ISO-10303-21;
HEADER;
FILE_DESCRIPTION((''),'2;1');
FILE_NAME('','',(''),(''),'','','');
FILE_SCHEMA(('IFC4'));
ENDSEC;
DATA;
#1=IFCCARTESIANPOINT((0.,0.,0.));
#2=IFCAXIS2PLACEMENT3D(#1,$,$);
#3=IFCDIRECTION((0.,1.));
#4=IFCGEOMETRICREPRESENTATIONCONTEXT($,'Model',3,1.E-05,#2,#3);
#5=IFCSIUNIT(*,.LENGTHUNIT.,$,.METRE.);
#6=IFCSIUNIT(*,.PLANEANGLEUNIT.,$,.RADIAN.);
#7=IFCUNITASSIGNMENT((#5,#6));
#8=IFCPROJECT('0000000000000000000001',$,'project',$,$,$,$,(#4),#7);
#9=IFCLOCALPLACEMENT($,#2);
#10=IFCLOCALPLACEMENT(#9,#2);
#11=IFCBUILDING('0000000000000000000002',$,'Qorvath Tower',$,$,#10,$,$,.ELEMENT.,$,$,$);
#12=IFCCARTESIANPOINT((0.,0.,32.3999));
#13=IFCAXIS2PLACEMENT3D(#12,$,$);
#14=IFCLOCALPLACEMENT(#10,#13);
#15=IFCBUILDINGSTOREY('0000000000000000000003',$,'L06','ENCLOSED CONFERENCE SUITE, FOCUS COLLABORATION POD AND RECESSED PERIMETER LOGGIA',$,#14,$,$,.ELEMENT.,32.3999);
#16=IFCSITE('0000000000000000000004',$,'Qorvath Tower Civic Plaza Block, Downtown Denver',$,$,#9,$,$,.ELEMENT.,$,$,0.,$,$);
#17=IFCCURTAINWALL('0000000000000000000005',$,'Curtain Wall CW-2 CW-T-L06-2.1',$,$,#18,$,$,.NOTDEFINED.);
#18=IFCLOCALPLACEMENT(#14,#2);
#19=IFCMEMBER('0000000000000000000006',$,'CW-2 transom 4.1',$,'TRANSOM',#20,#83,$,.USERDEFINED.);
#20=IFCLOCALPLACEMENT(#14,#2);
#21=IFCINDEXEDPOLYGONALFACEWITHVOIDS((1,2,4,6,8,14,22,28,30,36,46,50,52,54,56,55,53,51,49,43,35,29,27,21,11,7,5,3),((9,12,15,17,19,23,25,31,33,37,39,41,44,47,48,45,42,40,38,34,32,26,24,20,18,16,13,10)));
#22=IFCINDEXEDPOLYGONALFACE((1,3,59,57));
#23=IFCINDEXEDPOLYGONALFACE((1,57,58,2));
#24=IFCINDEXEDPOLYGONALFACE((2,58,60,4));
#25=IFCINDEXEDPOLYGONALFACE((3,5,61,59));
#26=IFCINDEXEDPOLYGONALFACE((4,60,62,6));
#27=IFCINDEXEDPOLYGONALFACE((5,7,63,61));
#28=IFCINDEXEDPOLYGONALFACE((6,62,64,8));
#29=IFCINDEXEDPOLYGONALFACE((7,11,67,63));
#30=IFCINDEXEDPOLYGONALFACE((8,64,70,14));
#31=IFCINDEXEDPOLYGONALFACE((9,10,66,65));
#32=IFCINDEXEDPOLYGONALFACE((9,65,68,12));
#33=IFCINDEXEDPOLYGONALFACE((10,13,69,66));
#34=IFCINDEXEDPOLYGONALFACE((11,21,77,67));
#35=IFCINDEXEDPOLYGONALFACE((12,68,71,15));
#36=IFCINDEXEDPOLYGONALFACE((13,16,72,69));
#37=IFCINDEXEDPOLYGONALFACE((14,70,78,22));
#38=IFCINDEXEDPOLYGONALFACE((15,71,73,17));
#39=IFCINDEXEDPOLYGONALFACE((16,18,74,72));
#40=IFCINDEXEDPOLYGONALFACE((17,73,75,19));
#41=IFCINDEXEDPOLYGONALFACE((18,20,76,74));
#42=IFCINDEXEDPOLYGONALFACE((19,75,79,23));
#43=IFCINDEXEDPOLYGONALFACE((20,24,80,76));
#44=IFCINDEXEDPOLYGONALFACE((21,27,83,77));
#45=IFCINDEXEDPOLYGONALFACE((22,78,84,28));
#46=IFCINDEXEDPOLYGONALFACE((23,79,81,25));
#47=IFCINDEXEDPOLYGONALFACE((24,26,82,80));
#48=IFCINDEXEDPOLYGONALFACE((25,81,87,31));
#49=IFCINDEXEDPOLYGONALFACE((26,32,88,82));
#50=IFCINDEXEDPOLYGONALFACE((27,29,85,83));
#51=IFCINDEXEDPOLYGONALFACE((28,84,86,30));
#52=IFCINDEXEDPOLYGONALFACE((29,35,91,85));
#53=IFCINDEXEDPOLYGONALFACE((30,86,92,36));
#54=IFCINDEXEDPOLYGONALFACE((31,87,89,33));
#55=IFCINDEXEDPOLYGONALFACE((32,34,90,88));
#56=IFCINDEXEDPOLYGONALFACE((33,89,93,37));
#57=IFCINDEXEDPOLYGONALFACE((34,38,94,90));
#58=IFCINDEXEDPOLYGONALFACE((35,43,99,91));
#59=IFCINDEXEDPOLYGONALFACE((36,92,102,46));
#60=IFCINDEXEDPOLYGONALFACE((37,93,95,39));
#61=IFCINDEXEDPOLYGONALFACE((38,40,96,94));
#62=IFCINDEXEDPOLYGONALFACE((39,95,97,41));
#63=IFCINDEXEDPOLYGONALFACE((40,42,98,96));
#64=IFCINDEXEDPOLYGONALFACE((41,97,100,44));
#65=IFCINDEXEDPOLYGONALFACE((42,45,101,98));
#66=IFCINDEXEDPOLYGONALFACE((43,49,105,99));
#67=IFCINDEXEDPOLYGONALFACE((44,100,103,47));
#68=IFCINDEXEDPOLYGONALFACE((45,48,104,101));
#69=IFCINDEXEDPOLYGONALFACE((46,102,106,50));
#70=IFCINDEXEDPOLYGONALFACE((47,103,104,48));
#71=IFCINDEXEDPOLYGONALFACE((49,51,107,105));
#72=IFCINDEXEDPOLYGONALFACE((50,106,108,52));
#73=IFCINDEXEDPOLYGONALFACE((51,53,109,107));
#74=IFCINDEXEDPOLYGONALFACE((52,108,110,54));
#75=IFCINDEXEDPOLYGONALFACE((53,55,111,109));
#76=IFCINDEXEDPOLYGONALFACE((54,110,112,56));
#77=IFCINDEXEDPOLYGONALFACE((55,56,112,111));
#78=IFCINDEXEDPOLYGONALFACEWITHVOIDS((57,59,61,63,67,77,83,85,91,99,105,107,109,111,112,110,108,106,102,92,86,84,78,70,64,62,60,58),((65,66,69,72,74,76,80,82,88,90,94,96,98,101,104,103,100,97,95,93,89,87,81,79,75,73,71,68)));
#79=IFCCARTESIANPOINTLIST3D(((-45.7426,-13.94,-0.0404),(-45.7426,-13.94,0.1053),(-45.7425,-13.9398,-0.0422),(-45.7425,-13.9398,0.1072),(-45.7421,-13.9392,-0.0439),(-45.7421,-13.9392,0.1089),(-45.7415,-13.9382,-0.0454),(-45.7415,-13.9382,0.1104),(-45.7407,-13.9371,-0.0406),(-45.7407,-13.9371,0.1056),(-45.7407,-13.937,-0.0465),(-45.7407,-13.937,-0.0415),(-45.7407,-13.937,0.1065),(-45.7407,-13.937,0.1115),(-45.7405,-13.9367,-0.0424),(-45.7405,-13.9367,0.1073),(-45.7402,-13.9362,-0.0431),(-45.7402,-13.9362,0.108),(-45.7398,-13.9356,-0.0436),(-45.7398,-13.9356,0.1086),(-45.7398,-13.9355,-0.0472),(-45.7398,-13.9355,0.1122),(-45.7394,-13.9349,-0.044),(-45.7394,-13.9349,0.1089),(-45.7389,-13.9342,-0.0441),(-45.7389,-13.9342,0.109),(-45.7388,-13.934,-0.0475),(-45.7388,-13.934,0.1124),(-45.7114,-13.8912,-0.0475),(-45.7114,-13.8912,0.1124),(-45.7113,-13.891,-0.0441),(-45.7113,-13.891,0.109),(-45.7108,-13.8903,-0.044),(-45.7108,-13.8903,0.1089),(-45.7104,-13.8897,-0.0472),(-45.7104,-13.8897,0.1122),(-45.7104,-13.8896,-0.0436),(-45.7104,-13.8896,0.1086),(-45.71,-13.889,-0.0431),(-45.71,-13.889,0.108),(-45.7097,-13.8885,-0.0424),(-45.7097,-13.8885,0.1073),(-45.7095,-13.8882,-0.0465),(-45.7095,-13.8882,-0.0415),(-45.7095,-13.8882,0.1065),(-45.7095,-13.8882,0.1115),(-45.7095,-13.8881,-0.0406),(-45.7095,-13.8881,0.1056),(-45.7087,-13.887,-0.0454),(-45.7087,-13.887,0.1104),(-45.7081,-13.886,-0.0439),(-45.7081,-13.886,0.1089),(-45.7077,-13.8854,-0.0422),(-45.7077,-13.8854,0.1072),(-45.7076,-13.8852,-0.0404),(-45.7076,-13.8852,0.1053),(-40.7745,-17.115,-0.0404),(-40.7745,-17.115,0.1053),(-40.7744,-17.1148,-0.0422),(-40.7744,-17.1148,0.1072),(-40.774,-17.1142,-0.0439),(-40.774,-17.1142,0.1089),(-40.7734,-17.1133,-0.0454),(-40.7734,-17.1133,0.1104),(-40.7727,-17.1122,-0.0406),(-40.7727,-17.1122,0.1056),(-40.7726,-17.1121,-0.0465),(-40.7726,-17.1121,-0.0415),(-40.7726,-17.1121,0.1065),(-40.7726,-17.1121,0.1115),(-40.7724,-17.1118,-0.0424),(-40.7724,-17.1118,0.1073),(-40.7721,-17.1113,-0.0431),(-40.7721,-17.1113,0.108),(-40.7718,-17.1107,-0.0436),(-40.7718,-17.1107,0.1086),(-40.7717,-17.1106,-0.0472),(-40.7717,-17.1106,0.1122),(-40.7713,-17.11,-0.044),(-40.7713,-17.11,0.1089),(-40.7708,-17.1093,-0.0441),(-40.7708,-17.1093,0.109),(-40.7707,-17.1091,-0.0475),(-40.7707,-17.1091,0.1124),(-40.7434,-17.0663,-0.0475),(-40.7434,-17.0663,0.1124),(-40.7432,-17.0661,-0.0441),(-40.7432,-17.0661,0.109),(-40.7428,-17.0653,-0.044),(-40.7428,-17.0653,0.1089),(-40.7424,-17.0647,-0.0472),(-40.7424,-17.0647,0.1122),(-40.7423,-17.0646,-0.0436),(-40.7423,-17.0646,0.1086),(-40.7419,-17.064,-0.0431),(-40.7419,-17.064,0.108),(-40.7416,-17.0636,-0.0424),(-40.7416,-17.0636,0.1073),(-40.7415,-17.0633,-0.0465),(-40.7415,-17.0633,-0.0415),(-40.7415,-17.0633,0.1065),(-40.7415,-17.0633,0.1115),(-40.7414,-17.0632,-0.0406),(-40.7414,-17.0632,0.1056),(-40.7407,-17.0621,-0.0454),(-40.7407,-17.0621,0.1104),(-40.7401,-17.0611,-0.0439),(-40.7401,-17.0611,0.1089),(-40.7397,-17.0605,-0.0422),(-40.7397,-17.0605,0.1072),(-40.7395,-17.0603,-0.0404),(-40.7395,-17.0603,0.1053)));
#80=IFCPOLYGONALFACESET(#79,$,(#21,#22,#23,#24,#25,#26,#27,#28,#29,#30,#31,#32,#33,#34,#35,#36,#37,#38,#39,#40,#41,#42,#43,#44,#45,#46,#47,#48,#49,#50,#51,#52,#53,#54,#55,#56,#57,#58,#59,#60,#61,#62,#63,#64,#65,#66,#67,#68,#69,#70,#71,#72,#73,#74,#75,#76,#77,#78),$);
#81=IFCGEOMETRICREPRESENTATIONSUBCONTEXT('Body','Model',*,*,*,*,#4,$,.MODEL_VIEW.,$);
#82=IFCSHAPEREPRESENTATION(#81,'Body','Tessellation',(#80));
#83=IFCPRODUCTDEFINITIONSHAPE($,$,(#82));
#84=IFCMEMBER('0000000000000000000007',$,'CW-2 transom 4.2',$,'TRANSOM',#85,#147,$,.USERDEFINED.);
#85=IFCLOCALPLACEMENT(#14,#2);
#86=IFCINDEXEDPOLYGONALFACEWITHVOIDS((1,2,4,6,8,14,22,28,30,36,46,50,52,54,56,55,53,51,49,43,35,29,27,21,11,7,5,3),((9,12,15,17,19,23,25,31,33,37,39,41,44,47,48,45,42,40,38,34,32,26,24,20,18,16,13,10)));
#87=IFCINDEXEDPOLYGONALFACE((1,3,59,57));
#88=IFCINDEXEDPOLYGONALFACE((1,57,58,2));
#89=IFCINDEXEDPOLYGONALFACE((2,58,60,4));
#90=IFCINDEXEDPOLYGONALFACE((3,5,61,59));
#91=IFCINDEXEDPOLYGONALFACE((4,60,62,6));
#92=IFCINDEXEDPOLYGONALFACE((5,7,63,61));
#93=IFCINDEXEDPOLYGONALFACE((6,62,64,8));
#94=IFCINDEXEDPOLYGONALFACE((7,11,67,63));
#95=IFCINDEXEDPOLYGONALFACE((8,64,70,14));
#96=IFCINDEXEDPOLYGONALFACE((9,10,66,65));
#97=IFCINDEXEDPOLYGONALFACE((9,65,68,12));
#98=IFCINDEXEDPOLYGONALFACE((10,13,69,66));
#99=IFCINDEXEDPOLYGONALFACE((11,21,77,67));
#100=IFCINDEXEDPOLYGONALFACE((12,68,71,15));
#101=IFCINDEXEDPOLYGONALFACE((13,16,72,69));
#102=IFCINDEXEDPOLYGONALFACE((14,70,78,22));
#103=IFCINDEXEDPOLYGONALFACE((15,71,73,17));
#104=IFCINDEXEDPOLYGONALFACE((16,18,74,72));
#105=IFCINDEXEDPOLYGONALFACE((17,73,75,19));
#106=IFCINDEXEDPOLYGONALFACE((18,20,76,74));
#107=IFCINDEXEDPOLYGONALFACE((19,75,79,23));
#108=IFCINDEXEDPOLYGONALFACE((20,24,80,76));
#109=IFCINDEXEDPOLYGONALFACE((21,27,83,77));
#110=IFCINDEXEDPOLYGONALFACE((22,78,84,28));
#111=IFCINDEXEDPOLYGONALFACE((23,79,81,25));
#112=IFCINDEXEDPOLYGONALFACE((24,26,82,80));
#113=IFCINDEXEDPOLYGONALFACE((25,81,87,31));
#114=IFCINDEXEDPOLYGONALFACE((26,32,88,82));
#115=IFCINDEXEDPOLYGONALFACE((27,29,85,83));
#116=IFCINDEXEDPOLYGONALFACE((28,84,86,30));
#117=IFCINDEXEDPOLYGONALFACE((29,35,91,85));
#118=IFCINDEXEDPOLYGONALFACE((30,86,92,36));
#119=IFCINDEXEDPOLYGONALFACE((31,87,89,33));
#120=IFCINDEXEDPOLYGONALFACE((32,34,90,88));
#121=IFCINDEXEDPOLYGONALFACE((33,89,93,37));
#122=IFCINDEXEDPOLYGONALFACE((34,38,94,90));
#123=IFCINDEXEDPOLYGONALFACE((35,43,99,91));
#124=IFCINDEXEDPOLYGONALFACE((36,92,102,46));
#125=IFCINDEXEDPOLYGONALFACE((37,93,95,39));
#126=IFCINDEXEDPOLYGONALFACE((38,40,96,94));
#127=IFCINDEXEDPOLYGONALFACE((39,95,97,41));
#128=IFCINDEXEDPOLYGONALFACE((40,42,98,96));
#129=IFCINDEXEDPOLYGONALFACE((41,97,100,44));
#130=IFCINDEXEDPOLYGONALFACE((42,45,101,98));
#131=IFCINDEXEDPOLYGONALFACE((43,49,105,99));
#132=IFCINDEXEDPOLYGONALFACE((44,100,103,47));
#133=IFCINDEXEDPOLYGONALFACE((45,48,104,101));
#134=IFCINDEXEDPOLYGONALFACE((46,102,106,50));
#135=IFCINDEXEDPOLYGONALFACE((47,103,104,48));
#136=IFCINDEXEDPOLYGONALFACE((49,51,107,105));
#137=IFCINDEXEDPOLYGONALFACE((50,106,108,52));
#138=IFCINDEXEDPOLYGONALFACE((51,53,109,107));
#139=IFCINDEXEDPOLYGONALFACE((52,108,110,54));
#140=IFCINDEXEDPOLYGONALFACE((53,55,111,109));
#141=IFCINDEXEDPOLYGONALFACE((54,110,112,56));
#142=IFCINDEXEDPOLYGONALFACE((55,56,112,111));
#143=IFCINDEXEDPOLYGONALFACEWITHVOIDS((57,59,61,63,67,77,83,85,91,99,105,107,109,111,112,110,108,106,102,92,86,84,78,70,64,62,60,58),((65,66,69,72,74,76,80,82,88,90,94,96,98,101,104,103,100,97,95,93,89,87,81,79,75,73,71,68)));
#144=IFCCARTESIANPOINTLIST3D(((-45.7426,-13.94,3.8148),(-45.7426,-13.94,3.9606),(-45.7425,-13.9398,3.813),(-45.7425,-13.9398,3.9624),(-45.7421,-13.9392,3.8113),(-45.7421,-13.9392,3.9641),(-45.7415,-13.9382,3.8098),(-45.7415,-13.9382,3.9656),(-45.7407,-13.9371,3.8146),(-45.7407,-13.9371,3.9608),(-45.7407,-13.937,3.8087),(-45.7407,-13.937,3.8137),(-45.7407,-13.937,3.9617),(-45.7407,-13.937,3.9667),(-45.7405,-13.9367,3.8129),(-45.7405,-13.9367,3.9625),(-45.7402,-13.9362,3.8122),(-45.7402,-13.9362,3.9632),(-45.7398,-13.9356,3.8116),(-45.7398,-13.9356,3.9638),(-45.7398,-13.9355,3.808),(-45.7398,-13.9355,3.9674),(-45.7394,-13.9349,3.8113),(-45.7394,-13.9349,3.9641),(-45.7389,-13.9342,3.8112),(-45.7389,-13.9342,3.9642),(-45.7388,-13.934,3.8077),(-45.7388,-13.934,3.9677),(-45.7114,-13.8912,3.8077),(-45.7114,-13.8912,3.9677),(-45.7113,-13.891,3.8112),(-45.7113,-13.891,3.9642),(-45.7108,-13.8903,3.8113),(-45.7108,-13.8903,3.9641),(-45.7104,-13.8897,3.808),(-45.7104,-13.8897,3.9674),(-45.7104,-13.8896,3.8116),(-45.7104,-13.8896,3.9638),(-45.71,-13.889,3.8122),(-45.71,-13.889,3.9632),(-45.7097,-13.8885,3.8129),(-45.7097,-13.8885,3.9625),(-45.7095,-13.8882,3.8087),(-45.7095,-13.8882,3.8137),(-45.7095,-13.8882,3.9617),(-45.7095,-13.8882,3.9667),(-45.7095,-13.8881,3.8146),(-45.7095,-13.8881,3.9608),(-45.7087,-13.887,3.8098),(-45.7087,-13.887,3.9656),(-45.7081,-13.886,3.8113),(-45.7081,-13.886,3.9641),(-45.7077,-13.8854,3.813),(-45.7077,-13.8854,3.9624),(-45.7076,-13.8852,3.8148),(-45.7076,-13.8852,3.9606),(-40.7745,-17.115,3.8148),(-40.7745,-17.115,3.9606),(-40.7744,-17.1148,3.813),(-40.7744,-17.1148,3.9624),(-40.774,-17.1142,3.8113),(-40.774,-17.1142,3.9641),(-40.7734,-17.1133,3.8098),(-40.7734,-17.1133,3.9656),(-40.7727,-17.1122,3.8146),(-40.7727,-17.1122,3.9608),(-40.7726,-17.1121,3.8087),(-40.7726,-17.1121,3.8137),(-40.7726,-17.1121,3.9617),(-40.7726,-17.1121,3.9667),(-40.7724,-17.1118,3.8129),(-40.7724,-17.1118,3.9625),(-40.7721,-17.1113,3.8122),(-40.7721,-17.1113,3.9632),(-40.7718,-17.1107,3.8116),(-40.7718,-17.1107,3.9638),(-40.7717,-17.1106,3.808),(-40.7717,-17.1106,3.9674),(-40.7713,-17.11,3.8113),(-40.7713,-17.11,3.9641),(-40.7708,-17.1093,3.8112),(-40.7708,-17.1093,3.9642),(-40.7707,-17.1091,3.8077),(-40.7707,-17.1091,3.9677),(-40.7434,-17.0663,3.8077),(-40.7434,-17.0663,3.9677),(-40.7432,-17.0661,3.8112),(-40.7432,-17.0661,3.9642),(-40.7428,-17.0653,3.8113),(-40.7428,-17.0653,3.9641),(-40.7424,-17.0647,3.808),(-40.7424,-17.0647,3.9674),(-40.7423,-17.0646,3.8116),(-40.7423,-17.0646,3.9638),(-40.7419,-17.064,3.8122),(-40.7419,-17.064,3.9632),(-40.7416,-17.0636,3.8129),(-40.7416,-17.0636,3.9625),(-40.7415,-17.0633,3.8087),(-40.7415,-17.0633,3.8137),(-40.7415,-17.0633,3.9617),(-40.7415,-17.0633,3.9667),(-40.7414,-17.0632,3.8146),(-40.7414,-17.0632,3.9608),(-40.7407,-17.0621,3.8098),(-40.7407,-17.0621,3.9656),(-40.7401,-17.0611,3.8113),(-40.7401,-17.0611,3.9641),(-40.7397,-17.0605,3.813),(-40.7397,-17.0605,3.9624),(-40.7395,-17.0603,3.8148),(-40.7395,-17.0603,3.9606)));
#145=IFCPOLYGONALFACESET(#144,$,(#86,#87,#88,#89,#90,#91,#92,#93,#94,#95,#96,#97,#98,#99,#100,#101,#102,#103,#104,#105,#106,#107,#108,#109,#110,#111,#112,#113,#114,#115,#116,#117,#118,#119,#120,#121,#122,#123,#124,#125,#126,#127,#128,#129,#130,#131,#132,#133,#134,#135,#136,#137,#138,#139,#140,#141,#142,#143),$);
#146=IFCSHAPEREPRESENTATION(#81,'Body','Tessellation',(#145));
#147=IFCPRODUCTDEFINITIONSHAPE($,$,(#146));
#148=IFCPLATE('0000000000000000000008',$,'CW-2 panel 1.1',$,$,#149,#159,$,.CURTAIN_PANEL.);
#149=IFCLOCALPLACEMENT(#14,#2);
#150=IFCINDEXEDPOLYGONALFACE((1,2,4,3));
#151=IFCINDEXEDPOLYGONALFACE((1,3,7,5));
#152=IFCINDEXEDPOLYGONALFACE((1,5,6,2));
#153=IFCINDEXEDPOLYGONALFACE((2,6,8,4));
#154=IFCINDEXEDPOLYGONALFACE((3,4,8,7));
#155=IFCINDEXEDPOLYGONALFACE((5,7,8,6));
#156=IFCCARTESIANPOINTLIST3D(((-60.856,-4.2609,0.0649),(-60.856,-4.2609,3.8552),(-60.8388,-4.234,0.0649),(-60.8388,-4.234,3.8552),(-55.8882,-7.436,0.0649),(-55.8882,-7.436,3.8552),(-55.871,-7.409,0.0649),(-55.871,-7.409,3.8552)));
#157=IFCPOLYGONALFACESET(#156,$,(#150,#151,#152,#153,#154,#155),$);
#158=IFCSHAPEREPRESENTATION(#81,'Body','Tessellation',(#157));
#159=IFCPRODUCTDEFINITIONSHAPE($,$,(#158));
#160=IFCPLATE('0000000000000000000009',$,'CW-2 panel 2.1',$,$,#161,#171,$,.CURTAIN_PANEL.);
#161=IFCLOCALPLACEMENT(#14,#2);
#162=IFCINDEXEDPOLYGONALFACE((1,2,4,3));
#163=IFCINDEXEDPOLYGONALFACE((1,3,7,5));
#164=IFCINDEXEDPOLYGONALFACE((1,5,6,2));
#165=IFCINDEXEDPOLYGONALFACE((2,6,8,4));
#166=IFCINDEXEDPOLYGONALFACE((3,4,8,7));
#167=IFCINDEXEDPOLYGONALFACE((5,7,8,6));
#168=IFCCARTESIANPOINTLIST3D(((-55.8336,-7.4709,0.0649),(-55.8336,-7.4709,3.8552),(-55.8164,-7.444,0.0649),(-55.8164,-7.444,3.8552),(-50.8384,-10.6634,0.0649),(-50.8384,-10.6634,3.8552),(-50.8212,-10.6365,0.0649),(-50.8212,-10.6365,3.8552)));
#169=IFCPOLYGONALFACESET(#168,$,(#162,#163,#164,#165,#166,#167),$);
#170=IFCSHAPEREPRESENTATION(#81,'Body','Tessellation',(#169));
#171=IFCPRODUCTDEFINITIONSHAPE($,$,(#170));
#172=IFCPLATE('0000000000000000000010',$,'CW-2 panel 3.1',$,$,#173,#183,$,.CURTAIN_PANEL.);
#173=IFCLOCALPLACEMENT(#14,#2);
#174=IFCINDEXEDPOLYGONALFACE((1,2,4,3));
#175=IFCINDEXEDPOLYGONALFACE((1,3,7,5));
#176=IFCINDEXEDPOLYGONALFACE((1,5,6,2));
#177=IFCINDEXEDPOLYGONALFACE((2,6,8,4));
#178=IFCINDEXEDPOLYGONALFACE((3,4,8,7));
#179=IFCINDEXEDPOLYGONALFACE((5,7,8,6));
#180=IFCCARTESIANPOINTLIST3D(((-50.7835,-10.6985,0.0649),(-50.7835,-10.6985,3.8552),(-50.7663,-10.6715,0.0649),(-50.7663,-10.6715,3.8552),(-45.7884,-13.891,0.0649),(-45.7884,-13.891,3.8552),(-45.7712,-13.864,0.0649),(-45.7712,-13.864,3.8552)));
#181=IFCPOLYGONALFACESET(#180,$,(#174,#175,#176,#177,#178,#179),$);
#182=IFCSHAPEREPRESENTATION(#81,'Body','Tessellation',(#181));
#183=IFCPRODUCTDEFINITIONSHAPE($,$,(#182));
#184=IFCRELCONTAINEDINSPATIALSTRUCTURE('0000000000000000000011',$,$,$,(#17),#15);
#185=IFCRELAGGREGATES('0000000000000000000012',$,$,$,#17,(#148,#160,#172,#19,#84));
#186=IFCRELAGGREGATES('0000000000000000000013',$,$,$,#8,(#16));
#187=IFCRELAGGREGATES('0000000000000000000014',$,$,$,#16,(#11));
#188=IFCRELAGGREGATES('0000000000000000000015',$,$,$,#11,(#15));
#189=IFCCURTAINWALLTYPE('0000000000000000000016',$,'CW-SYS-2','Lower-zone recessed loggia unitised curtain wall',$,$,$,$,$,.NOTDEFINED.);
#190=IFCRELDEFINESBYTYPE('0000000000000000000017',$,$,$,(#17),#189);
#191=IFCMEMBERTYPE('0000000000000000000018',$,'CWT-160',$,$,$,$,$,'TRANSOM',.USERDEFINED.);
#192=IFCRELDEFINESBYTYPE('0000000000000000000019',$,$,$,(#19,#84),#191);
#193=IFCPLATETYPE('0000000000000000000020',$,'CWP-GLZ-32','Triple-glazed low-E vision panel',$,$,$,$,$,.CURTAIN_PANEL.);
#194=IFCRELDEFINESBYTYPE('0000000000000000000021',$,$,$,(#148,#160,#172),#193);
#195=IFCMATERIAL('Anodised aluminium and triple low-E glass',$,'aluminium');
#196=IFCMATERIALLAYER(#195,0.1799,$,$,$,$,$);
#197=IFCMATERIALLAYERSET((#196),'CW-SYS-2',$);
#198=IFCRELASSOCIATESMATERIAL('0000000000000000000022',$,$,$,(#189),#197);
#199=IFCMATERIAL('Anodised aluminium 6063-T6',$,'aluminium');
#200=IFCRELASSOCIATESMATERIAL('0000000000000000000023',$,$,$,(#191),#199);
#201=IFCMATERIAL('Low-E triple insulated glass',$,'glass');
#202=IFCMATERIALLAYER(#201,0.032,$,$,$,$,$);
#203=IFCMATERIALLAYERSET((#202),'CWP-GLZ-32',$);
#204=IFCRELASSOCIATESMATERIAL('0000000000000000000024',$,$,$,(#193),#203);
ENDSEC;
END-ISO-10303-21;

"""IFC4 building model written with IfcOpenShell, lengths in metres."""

from ifc_helpers import new_model, si_unit, direction, frame, origin, origin_2d, place, context, subcontext, project, spatial, rectangle, hollow_rectangle, extrude, material, layer, layer_set, material_profile, profile_set, type_object, element, aggregate, save


model = new_model("IFC4")

# Units and contexts
model_context = context("Model", 3, precision=1e-05, world=origin(), true_north=direction((0.0, 1.0)))
body_context = subcontext(model_context, "Body", "Model", "MODEL_VIEW")
ifc_project = project(units=[si_unit("LENGTHUNIT", "METRE"), si_unit("PLANEANGLEUNIT", "RADIAN")], contexts=[model_context])

# Site, building, storey
site_placement = place(None, origin())
site = spatial("IfcSite", under=ifc_project, at=site_placement, Name="Qorvath Tower Civic Plaza Block, Downtown Denver", CompositionType="ELEMENT", RefElevation=0.0)
building_placement = place(site_placement, origin())
building = spatial("IfcBuilding", under=site, at=building_placement, Name="Qorvath Tower", CompositionType="ELEMENT")
storey_placement = place(building_placement, frame((0.0, 0.0, 32.3999)))
storey = spatial("IfcBuildingStorey", under=building, at=storey_placement, Name="L06", Description="ENCLOSED CONFERENCE SUITE, FOCUS COLLABORATION POD AND RECESSED PERIMETER LOGGIA", CompositionType="ELEMENT", Elevation=32.3999)

# Curtain wall, members, plates
ifc_material_1 = material(Name="Anodised aluminium and triple low-E glass", Category="aluminium")
ifc_layer_1 = layer(ifc_material_1, 0.1799)
ifc_layer_set_1 = layer_set([ifc_layer_1], Name="CW-SYS-2")
curtain_wall_type = type_object("IfcCurtainWallType", Name="CW-SYS-2", Description="Lower-zone recessed loggia unitised curtain wall", PredefinedType="NOTDEFINED", material=ifc_layer_set_1)
curtain_wall_placement = place(storey_placement, origin())
curtain_wall = element("IfcCurtainWall", 1, at=curtain_wall_placement, inside=storey, type_object=curtain_wall_type, Name="Curtain Wall CW-2 CW-T-L06-2.1", PredefinedType="NOTDEFINED")
ifc_material_2 = material(Name="Anodised aluminium 6063-T6", Category="aluminium")
ifc_material_profile_1 = material_profile(ifc_material_2, hollow_rectangle(XDim=0.0649, YDim=0.1599, WallThickness=0.0034, InnerFilletRadius=0.0034, OuterFilletRadius=0.0071, at=origin_2d()), Name="CWT 160x65")
ifc_profile_set_1 = profile_set([ifc_material_profile_1], Name="Anodised aluminium 6063-T6")
member_type_1 = type_object("IfcMemberType", Name="CWT-160", ElementType="TRANSOM", PredefinedType="USERDEFINED", material=ifc_profile_set_1)
member_1_placement = place(storey_placement, frame((-45.7251, -13.9126, 0.0325), z_axis=(0.842616, -0.538514, 0.0), x_axis=(0.538514, 0.842616, 0.0)))
member_1 = element("IfcMember", 2, at=member_1_placement, type_object=member_type_1, Name="CW-2 transom 4.1", ObjectType="TRANSOM", PredefinedType="USERDEFINED", context=body_context, shape_type="SweptSolid", body=[
    extrude(hollow_rectangle(XDim=0.0649, YDim=0.1599, WallThickness=0.0034, InnerFilletRadius=0.0034, OuterFilletRadius=0.0071, at=origin_2d()), origin(), (0.0, 0.0, 1.0), 5.896),
])
member_2_placement = place(storey_placement, frame((-45.7251, -13.9126, 3.8877), z_axis=(0.842616, -0.538514, 0.0), x_axis=(0.538514, 0.842616, 0.0)))
member_2 = element("IfcMember", 3, at=member_2_placement, type_object=member_type_1, Name="CW-2 transom 4.2", ObjectType="TRANSOM", PredefinedType="USERDEFINED", context=body_context, shape_type="SweptSolid", body=[
    extrude(hollow_rectangle(XDim=0.0649, YDim=0.1599, WallThickness=0.0034, InnerFilletRadius=0.0034, OuterFilletRadius=0.0071, at=origin_2d()), origin(), (0.0, 0.0, 1.0), 5.896),
])
ifc_material_3 = material(Name="Low-E triple insulated glass", Category="glass")
ifc_layer_2 = layer(ifc_material_3, 0.032)
ifc_layer_set_2 = layer_set([ifc_layer_2], Name="CWP-GLZ-32")
plate_type = type_object("IfcPlateType", Name="CWP-GLZ-32", Description="Triple-glazed low-E vision panel", PredefinedType="CURTAIN_PANEL", material=ifc_layer_set_2)
plate_1_placement = place(storey_placement, frame((-58.3635, -5.835, 0.0649), z_axis=(0.0, 0.0, 1.0), x_axis=(0.842607, -0.538529, 0.0)))
plate_1 = element("IfcPlate", 4, at=plate_1_placement, type_object=plate_type, Name="CW-2 panel 1.1", PredefinedType="CURTAIN_PANEL", context=body_context, shape_type="SweptSolid", body=[
    extrude(rectangle(XDim=5.8958, YDim=0.032, at=origin_2d()), origin(), (0.0, 0.0, 1.0), 3.7903),
])
plate_2_placement = place(storey_placement, frame((-53.3274, -9.0537, 0.0649), z_axis=(0.0, 0.0, 1.0), x_axis=(0.842607, -0.538529, 0.0)))
plate_2 = element("IfcPlate", 5, at=plate_2_placement, type_object=plate_type, Name="CW-2 panel 2.1", PredefinedType="CURTAIN_PANEL", context=body_context, shape_type="SweptSolid", body=[
    extrude(rectangle(XDim=5.9282, YDim=0.032, at=origin_2d()), origin(), (0.0, 0.0, 1.0), 3.7903),
])
plate_3_placement = place(storey_placement, frame((-48.2773, -12.2812, 0.0649), z_axis=(0.0, 0.0, 1.0), x_axis=(0.842607, -0.538529, 0.0)))
plate_3 = element("IfcPlate", 6, at=plate_3_placement, type_object=plate_type, Name="CW-2 panel 3.1", PredefinedType="CURTAIN_PANEL", context=body_context, shape_type="SweptSolid", body=[
    extrude(rectangle(XDim=5.9282, YDim=0.032, at=origin_2d()), origin(), (0.0, 0.0, 1.0), 3.7903),
])
aggregate(curtain_wall, [plate_1, plate_2, plate_3, member_1, member_2])

save(model, "model.ifc")
